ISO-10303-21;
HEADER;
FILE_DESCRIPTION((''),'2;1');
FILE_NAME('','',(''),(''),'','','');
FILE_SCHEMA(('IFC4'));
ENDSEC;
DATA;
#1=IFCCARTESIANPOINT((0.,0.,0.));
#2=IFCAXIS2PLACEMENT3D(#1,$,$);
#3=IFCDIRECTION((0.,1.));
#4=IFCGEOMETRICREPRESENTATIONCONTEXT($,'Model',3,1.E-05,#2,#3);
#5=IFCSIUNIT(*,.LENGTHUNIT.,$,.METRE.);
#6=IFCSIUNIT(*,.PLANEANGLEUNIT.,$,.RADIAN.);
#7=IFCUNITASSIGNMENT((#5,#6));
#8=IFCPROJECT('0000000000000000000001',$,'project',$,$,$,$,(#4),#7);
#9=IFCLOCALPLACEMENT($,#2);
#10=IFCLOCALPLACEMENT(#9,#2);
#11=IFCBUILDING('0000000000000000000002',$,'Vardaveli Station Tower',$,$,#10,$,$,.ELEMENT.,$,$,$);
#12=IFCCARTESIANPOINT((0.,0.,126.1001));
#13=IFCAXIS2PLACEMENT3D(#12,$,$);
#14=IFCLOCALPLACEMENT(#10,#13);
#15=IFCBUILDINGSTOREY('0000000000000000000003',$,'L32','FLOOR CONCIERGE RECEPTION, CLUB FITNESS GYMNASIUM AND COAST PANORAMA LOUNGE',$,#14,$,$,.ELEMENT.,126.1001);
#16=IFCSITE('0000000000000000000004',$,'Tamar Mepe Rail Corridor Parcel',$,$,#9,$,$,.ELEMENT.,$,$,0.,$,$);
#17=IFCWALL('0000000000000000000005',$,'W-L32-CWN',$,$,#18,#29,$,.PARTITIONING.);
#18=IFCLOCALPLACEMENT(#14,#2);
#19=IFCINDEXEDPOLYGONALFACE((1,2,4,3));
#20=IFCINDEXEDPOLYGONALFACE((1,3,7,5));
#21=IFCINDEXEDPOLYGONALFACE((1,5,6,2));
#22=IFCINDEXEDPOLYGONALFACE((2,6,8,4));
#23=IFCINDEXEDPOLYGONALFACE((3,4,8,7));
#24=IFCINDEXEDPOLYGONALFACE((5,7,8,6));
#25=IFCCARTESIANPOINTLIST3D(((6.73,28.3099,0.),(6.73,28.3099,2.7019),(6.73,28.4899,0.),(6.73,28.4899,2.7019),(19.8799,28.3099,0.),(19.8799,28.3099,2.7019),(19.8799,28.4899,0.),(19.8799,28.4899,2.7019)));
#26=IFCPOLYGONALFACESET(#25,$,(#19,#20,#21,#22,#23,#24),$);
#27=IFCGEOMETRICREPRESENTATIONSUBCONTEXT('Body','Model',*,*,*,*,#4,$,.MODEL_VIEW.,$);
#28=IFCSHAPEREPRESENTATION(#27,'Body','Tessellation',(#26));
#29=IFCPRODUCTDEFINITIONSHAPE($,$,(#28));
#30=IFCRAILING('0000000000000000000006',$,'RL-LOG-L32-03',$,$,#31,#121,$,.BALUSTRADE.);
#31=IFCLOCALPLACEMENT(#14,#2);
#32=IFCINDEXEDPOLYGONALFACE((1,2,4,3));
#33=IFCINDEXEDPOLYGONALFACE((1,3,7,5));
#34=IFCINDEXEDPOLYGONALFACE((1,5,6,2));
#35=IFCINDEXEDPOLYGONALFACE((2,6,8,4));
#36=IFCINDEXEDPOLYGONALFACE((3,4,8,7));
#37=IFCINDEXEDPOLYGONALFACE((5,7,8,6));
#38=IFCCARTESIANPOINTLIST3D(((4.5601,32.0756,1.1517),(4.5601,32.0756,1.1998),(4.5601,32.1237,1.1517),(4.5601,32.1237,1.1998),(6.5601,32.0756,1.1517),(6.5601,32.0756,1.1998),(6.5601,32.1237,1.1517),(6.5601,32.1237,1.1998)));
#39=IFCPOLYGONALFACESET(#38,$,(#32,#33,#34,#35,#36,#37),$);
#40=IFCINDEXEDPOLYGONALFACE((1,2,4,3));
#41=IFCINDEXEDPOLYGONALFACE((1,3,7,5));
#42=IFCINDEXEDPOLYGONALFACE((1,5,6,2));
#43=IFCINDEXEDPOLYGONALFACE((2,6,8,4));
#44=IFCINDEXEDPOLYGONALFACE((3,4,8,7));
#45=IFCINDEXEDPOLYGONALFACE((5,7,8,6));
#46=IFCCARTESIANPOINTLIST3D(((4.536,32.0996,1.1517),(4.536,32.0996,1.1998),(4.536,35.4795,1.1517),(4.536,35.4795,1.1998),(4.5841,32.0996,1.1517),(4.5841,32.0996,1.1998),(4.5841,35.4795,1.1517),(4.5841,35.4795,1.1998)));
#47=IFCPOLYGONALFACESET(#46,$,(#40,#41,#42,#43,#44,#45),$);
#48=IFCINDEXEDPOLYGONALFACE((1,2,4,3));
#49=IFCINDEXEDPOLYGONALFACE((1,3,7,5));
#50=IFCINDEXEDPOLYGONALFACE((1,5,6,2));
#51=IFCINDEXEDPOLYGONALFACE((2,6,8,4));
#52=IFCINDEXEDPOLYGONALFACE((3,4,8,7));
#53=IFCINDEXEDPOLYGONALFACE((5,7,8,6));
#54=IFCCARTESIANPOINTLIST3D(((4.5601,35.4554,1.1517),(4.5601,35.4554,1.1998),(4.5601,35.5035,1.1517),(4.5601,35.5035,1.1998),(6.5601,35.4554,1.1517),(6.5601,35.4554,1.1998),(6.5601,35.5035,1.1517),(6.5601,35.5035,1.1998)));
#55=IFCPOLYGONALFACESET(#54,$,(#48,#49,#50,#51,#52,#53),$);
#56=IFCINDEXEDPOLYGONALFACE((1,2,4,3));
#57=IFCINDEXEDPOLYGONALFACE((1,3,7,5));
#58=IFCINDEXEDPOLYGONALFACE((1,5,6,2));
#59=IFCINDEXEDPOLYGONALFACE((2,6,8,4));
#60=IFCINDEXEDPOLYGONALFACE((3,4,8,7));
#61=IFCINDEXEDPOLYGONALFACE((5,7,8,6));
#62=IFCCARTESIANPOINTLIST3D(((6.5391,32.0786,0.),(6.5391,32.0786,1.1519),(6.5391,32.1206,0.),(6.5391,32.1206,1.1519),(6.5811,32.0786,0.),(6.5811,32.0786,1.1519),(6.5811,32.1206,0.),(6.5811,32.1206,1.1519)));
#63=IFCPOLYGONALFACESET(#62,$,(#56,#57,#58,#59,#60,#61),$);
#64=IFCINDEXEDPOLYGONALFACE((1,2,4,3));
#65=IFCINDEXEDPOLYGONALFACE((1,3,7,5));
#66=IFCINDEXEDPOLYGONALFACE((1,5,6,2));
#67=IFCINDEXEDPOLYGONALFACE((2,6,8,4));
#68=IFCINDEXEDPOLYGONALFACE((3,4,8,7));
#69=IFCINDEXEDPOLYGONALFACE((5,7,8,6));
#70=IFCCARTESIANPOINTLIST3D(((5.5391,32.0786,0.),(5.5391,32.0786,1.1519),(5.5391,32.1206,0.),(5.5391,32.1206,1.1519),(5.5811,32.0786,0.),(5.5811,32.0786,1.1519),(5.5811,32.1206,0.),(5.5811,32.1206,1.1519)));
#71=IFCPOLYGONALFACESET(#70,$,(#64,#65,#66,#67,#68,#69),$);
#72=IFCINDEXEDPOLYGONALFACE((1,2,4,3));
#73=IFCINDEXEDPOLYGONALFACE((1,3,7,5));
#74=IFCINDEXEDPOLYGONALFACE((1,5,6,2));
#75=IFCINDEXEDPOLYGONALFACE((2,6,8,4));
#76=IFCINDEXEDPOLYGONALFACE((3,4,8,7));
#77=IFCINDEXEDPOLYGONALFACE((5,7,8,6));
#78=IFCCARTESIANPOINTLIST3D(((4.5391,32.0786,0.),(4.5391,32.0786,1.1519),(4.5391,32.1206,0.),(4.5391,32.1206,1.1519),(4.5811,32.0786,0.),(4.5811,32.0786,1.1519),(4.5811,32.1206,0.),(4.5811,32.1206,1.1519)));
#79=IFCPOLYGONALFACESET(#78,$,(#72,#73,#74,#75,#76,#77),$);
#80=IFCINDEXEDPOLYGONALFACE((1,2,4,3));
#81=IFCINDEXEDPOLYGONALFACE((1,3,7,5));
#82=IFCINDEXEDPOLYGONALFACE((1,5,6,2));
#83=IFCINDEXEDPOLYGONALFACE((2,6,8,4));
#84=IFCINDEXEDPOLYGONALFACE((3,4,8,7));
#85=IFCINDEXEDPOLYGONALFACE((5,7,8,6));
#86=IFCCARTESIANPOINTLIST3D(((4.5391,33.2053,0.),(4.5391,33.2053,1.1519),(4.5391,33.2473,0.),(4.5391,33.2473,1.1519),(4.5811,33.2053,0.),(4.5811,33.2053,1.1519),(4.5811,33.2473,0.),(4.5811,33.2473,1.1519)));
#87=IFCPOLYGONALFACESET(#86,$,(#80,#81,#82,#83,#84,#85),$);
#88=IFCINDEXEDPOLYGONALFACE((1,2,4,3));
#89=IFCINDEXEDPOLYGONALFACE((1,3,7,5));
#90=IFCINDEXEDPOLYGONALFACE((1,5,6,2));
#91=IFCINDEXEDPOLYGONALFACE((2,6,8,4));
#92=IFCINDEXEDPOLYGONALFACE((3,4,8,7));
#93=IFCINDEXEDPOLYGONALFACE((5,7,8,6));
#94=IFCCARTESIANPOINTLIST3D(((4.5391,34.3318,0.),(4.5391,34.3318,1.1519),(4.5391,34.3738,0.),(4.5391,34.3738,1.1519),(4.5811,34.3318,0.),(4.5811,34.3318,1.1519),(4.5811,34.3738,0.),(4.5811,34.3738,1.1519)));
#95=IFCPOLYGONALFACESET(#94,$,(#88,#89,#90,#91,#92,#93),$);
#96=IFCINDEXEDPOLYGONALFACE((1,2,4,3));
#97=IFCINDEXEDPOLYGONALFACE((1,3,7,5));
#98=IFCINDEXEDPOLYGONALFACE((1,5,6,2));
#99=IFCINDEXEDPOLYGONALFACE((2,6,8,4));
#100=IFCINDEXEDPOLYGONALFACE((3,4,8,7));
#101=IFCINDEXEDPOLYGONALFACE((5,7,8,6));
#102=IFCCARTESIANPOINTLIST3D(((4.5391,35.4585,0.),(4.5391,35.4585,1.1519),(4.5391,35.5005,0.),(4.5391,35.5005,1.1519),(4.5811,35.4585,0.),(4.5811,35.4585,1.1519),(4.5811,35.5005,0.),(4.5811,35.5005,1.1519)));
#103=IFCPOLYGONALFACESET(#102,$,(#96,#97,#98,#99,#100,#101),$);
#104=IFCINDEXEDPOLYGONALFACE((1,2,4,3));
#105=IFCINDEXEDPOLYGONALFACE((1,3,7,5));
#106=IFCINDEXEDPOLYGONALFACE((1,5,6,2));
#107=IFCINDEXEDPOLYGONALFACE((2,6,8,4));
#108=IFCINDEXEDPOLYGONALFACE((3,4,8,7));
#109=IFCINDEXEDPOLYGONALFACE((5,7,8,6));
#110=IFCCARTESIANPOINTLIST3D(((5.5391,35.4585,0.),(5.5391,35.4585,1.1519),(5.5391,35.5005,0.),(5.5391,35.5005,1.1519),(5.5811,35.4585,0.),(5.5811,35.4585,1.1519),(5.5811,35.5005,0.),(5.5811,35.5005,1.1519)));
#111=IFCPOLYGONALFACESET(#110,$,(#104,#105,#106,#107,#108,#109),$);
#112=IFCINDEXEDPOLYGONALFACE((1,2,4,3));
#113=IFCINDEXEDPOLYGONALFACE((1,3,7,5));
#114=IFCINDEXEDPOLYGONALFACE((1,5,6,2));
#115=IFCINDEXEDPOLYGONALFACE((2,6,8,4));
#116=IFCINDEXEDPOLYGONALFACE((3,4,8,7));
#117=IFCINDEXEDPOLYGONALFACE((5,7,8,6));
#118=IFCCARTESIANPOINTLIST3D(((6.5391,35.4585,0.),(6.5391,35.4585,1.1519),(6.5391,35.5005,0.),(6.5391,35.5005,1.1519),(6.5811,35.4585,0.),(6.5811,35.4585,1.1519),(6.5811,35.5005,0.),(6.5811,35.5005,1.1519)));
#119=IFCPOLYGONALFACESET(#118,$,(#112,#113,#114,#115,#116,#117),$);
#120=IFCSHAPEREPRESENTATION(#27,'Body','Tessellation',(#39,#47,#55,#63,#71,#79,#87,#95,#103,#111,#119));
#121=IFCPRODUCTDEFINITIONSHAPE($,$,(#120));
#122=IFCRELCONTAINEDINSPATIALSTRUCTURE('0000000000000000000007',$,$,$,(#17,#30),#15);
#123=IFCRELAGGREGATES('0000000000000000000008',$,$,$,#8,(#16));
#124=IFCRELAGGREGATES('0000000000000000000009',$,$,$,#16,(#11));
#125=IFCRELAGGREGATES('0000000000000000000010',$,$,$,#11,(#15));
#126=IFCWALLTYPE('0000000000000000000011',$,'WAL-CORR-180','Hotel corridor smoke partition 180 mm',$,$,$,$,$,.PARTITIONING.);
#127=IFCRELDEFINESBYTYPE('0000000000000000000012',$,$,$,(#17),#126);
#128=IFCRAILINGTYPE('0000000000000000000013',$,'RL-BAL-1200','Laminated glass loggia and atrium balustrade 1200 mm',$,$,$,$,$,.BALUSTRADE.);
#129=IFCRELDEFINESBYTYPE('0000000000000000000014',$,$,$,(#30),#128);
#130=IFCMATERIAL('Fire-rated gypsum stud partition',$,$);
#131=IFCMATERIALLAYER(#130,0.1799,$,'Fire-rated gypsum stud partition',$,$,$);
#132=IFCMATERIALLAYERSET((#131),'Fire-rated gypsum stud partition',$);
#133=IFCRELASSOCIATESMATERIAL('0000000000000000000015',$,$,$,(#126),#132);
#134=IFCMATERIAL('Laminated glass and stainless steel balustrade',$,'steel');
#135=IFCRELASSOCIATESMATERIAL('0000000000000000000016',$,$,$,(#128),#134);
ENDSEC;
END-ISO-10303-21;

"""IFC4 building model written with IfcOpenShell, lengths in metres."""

from ifc_helpers import new_model, si_unit, direction, frame, frame_2d, origin, origin_2d, place, context, subcontext, project, spatial, rectangle, extrude, source, transform, mapped, material, layer, layer_set, type_object, element, save


model = new_model("IFC4")

# Units and contexts
model_context = context("Model", 3, precision=1e-05, world=origin(), true_north=direction((0.0, 1.0)))
body_context = subcontext(model_context, "Body", "Model", "MODEL_VIEW")
ifc_project = project(units=[si_unit("LENGTHUNIT", "METRE"), si_unit("PLANEANGLEUNIT", "RADIAN")], contexts=[model_context])

# Site, building, storey
site_placement = place(None, origin())
site = spatial("IfcSite", under=ifc_project, at=site_placement, Name="Tamar Mepe Rail Corridor Parcel", CompositionType="ELEMENT", RefElevation=0.0)
building_placement = place(site_placement, origin())
building = spatial("IfcBuilding", under=site, at=building_placement, Name="Vardaveli Station Tower", CompositionType="ELEMENT")
storey_placement = place(building_placement, frame((0.0, 0.0, 126.1001)))
storey = spatial("IfcBuildingStorey", under=building, at=storey_placement, Name="L32", Description="FLOOR CONCIERGE RECEPTION, CLUB FITNESS GYMNASIUM AND COAST PANORAMA LOUNGE", CompositionType="ELEMENT", Elevation=126.1001)

# Shared definitions
ifc_material_1 = material(Name="Fire-rated gypsum stud partition")
ifc_layer_1 = layer(ifc_material_1, 0.1799, Name="Fire-rated gypsum stud partition")
ifc_layer_set_1 = layer_set([ifc_layer_1], Name="Fire-rated gypsum stud partition")
wall_type = type_object("IfcWallType", Name="WAL-CORR-180", Description="Hotel corridor smoke partition 180 mm", PredefinedType="PARTITIONING", material=ifc_layer_set_1)

# Wall
shared_shape_1 = source(origin(), body_context, "Body", "SweptSolid", [
    extrude(rectangle(XDim=13.1499, YDim=0.1799, at=frame_2d((6.575, 0.0))), origin(), (0.0, 0.0, 1.0), 2.7019),
])
wall_1_placement = place(storey_placement, frame((6.73, 28.3999, 0.0), z_axis=(0.0, 0.0, 1.0), x_axis=(1.0, 0.0, 0.0)))
element("IfcWall", 1, at=wall_1_placement, inside=storey, type_object=wall_type, Name="W-L32-CWN", PredefinedType="PARTITIONING", context=body_context, shape_type="MappedRepresentation", body=[
    mapped(shared_shape_1, transform((0.0, 0.0, 0.0), scale=1.0)),
])

# Railing
ifc_material_2 = material(Name="Laminated glass and stainless steel balustrade", Category="steel")
railing_type = type_object("IfcRailingType", Name="RL-BAL-1200", Description="Laminated glass loggia and atrium balustrade 1200 mm", PredefinedType="BALUSTRADE", material=ifc_material_2)
shared_shape_2 = source(origin(), body_context, "Body", "SweptSolid", [
    extrude(rectangle(XDim=0.0481, YDim=0.0481, at=origin_2d()), frame((0.0, 0.0, 1.1758), z_axis=(-1.0, 0.0, 0.0), x_axis=(0.0, -1.0, 0.0)), (0.0, 0.0, 1.0), 2.0),
    extrude(rectangle(XDim=0.0481, YDim=0.0481, at=origin_2d()), frame((-2.0, 0.0, 1.1758), z_axis=(0.0, 1.0, 0.0), x_axis=(-1.0, 0.0, 0.0)), (0.0, 0.0, 1.0), 3.3799),
    extrude(rectangle(XDim=0.0481, YDim=0.0481, at=origin_2d()), frame((-2.0, 3.3799, 1.1758), z_axis=(1.0, 0.0, 0.0), x_axis=(0.0, 1.0, 0.0)), (0.0, 0.0, 1.0), 2.0),
    extrude(rectangle(XDim=0.042, YDim=0.042, at=origin_2d()), origin(), (0.0, 0.0, 1.0), 1.1519),
    extrude(rectangle(XDim=0.042, YDim=0.042, at=origin_2d()), frame((-1.0, 0.0, 0.0)), (0.0, 0.0, 1.0), 1.1519),
    extrude(rectangle(XDim=0.042, YDim=0.042, at=origin_2d()), frame((-2.0, 0.0, 0.0)), (0.0, 0.0, 1.0), 1.1519),
    extrude(rectangle(XDim=0.042, YDim=0.042, at=origin_2d()), frame((-2.0, 1.1267, 0.0)), (0.0, 0.0, 1.0), 1.1519),
    extrude(rectangle(XDim=0.042, YDim=0.042, at=origin_2d()), frame((-2.0, 2.2532, 0.0)), (0.0, 0.0, 1.0), 1.1519),
    extrude(rectangle(XDim=0.042, YDim=0.042, at=origin_2d()), frame((-2.0, 3.3799, 0.0)), (0.0, 0.0, 1.0), 1.1519),
    extrude(rectangle(XDim=0.042, YDim=0.042, at=origin_2d()), frame((-1.0, 3.3799, 0.0)), (0.0, 0.0, 1.0), 1.1519),
    extrude(rectangle(XDim=0.042, YDim=0.042, at=origin_2d()), frame((0.0, 3.3799, 0.0)), (0.0, 0.0, 1.0), 1.1519),
])
railing_placement = place(storey_placement, frame((6.5601, 32.0996, 0.0)))
element("IfcRailing", 2, at=railing_placement, inside=storey, type_object=railing_type, Name="RL-LOG-L32-03", PredefinedType="BALUSTRADE", context=body_context, shape_type="MappedRepresentation", body=[
    mapped(shared_shape_2, transform((0.0, 0.0, 0.0), scale=1.0)),
])

save(model, "model.ifc")
